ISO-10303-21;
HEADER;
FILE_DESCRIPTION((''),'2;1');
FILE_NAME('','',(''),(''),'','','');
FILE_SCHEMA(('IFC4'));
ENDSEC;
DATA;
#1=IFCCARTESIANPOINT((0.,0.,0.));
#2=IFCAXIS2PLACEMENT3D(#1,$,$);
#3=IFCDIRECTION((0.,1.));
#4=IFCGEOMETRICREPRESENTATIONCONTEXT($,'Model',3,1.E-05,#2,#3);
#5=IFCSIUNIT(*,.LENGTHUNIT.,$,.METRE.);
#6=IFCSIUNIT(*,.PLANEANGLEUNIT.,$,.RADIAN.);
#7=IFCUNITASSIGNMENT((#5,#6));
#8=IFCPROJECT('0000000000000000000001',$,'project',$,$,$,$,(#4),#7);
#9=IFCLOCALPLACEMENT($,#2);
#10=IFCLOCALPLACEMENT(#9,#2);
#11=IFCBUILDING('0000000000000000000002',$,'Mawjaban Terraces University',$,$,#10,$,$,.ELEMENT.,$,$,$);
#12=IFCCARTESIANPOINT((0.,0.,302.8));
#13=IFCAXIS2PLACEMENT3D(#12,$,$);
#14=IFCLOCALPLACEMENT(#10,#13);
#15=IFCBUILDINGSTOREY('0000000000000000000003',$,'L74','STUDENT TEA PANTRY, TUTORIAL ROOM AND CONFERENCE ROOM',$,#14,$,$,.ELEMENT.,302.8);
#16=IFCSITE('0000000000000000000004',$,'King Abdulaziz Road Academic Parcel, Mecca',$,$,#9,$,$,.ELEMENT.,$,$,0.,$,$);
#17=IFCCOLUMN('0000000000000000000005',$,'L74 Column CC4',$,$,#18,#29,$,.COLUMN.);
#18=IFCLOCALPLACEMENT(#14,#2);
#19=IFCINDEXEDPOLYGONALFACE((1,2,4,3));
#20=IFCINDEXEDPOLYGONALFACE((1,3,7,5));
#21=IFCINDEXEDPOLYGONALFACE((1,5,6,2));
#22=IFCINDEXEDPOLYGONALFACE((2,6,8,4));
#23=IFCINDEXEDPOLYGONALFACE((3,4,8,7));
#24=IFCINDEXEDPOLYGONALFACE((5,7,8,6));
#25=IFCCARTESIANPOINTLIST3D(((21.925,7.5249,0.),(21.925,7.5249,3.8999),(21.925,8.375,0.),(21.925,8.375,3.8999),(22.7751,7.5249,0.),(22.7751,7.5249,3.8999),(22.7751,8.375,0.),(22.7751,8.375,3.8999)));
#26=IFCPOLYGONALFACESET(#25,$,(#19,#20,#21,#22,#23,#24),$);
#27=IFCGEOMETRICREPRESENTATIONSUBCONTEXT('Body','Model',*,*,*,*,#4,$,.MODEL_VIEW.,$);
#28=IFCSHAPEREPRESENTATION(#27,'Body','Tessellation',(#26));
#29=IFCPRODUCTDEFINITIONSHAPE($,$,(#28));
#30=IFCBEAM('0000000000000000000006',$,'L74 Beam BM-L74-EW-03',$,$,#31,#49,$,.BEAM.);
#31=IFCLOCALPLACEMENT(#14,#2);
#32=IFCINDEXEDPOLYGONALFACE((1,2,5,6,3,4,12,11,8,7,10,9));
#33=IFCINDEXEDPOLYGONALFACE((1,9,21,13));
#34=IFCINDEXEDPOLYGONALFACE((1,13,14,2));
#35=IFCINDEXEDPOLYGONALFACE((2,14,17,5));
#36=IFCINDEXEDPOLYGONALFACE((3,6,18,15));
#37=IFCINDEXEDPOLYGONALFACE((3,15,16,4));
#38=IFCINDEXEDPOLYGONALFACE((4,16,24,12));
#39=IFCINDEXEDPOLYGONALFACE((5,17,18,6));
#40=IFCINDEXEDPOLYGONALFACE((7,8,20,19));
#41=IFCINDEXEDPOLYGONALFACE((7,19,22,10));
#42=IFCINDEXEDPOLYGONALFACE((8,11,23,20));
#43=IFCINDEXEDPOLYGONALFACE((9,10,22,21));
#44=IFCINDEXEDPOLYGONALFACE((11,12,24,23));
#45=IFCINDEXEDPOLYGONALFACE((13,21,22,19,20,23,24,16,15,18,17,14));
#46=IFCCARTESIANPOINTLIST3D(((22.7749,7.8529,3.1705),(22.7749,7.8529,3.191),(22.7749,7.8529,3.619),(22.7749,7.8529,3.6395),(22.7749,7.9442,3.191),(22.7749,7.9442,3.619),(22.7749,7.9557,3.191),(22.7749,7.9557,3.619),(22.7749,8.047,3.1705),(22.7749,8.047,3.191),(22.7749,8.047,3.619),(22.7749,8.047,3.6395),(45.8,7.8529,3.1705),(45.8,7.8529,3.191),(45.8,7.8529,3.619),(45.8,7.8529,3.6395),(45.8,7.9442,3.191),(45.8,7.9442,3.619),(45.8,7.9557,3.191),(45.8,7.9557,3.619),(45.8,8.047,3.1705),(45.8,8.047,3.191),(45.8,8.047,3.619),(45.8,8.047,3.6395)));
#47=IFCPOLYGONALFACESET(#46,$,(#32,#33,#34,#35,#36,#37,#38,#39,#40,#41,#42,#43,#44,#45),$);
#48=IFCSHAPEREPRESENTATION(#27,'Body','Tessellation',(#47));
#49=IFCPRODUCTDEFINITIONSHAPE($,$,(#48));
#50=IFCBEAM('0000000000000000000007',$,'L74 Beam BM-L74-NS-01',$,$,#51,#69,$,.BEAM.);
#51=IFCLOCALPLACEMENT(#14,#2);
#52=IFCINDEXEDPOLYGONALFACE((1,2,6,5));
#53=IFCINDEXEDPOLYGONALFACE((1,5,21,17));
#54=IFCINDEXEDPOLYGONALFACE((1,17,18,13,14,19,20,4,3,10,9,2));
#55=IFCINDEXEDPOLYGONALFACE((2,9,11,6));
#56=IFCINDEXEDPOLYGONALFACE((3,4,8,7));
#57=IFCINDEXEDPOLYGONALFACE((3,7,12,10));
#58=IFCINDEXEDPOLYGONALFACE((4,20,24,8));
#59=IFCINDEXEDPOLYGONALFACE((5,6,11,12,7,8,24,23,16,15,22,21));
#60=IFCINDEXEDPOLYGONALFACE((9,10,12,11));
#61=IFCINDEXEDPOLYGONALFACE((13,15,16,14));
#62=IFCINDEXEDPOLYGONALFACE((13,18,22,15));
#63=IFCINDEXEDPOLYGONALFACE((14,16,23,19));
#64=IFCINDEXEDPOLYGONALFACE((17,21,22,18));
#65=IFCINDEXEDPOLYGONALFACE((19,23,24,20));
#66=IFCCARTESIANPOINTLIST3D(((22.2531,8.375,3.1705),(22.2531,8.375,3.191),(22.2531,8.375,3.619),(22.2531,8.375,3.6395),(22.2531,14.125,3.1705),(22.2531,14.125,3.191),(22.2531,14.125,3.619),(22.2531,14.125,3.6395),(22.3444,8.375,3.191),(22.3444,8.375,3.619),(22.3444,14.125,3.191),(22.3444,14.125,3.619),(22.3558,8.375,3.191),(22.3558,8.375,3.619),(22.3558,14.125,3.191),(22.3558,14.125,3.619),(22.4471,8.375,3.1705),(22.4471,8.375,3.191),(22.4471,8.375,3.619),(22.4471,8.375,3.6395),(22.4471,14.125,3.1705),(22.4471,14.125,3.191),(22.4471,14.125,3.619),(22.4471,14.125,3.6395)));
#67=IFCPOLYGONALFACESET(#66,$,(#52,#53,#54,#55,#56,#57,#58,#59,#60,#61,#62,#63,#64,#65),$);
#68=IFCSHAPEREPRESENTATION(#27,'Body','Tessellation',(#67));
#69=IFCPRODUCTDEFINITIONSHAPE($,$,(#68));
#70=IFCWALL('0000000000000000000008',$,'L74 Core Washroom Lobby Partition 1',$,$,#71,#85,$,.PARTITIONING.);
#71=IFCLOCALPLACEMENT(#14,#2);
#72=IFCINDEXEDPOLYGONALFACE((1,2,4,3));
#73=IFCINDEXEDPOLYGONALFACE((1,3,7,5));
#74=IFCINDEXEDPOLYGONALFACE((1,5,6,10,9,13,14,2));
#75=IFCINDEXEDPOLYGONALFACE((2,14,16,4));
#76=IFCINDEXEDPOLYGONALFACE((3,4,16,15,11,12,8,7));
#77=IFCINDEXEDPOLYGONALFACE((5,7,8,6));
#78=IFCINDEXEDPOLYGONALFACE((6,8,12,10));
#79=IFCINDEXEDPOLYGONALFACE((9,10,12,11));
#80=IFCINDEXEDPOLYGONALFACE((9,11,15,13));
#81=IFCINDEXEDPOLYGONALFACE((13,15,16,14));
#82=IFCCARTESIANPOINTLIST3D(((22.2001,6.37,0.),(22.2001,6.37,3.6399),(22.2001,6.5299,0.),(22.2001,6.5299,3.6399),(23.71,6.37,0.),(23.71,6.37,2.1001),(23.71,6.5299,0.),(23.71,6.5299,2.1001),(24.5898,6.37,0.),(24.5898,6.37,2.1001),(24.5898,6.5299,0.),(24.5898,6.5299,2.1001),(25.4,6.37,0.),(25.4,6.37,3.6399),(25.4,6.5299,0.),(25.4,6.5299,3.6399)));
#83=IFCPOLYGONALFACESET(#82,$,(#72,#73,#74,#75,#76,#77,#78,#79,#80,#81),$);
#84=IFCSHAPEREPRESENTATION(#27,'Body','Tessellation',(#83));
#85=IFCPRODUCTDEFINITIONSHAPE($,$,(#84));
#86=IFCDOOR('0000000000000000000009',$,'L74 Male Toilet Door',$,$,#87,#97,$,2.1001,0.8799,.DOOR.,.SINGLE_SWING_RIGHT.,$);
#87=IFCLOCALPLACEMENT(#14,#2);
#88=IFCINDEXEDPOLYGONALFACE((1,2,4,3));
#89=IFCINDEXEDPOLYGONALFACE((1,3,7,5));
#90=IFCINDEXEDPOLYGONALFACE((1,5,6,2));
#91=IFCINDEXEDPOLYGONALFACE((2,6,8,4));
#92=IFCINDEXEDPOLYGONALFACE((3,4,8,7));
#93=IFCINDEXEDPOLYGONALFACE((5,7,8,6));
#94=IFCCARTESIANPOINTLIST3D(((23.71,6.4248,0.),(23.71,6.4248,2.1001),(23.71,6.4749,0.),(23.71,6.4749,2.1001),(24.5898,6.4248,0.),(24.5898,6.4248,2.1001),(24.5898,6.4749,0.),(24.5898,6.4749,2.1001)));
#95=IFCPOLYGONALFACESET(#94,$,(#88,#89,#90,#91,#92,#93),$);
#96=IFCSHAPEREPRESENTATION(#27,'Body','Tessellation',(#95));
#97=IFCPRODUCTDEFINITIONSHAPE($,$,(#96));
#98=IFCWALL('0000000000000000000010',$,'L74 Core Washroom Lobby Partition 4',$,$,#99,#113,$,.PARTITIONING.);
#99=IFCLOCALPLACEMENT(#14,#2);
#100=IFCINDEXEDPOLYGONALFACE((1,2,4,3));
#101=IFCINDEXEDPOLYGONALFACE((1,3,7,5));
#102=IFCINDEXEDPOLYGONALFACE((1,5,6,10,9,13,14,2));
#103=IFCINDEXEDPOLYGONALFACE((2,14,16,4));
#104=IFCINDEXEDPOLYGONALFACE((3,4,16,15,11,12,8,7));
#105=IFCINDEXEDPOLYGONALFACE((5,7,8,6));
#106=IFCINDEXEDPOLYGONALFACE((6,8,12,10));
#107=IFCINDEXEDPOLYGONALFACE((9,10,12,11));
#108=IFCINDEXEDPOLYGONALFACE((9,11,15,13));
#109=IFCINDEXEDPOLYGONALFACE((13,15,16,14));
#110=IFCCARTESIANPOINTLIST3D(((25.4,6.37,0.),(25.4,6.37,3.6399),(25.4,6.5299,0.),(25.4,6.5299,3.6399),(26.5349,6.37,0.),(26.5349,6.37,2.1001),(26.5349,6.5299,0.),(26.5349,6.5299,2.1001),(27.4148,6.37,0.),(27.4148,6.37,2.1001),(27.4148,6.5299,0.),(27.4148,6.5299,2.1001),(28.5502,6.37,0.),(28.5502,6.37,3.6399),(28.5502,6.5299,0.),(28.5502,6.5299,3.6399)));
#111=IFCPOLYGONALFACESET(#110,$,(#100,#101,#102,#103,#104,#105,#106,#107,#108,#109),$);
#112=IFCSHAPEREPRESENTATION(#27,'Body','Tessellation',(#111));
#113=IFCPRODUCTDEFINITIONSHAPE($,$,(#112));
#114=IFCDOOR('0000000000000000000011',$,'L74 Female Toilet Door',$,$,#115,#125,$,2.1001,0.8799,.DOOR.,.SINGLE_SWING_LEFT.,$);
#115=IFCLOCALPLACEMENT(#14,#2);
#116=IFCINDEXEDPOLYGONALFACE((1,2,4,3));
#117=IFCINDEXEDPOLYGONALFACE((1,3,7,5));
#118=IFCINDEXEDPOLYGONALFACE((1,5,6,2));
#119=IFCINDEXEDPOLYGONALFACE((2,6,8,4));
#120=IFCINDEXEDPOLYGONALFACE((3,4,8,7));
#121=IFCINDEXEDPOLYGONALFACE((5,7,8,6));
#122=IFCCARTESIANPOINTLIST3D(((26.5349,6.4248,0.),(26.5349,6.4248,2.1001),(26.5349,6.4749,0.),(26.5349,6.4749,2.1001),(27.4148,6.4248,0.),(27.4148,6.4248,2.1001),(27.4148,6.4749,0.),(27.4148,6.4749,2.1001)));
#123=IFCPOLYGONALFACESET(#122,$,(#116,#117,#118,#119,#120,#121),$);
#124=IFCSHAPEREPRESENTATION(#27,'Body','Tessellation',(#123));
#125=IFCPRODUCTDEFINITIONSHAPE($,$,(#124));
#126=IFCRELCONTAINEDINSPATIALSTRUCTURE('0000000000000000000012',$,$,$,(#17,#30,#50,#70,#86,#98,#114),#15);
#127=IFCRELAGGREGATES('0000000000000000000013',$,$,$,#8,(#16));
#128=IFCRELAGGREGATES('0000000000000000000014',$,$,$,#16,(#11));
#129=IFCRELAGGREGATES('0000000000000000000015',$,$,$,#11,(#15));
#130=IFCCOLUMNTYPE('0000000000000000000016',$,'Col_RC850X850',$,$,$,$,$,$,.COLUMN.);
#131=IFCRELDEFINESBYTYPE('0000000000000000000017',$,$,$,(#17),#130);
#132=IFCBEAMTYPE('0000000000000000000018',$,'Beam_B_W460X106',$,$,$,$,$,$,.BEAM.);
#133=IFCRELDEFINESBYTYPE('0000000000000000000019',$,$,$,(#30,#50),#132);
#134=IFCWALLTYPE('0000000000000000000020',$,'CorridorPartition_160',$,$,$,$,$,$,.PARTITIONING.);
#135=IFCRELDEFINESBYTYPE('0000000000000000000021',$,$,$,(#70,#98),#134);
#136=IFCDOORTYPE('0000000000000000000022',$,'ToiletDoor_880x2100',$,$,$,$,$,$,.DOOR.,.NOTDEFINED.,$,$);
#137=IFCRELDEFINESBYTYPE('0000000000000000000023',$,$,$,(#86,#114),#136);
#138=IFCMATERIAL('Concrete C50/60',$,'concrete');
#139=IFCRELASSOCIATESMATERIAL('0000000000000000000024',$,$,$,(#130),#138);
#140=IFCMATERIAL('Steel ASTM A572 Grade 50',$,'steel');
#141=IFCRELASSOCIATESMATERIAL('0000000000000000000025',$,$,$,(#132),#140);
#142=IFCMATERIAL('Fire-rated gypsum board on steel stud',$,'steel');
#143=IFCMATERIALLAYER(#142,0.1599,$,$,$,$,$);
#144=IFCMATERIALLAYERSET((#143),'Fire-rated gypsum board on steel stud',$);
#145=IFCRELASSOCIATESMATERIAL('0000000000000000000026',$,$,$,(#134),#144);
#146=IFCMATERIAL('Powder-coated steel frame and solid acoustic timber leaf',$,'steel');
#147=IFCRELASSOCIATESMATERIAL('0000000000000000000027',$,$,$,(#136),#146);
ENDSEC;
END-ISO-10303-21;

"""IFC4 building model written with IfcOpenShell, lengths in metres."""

from ifc_helpers import new_model, si_unit, direction, frame, frame_2d, origin, origin_2d, place, context, subcontext, project, spatial, rectangle, i_section, extrude, material, layer, layer_set, material_profile, profile_set, type_object, element, fill, save


model = new_model("IFC4")

# Units and contexts
model_context = context("Model", 3, precision=1e-05, world=origin(), true_north=direction((0.0, 1.0)))
body_context = subcontext(model_context, "Body", "Model", "MODEL_VIEW")
ifc_project = project(units=[si_unit("LENGTHUNIT", "METRE"), si_unit("PLANEANGLEUNIT", "RADIAN")], contexts=[model_context])

# Site, building, storey
site_placement = place(None, origin())
site = spatial("IfcSite", under=ifc_project, at=site_placement, Name="King Abdulaziz Road Academic Parcel, Mecca", CompositionType="ELEMENT", RefElevation=0.0)
building_placement = place(site_placement, origin())
building = spatial("IfcBuilding", under=site, at=building_placement, Name="Mawjaban Terraces University", CompositionType="ELEMENT")
storey_placement = place(building_placement, frame((0.0, 0.0, 302.8)))
storey = spatial("IfcBuildingStorey", under=building, at=storey_placement, Name="L74", Description="STUDENT TEA PANTRY, TUTORIAL ROOM AND CONFERENCE ROOM", CompositionType="ELEMENT", Elevation=302.8)

# Column
ifc_material_1 = material(Name="Concrete C50/60", Category="concrete")
ifc_material_profile_1 = material_profile(ifc_material_1, rectangle(XDim=0.8501, YDim=0.8501, at=origin_2d()), Name="RC850X850")
ifc_profile_set_1 = profile_set([ifc_material_profile_1], Name="Concrete C50/60")
column_type = type_object("IfcColumnType", Name="Col_RC850X850", PredefinedType="COLUMN", material=ifc_profile_set_1)
column_placement = place(storey_placement, frame((22.3501, 7.95, 0.0), z_axis=(0.0, 0.0, 1.0), x_axis=(1.0, 0.0, 0.0)))
element("IfcColumn", 1, at=column_placement, inside=storey, type_object=column_type, Name="L74 Column CC4", PredefinedType="COLUMN", context=body_context, shape_type="SweptSolid", body=[
    extrude(rectangle(XDim=0.8501, YDim=0.8501, at=origin_2d()), origin(), (0.0, 0.0, 1.0), 3.8999),
])

# Beams
ifc_material_2 = material(Name="Steel ASTM A572 Grade 50", Category="steel")
ifc_material_profile_2 = material_profile(ifc_material_2, i_section(OverallWidth=0.1941, OverallDepth=0.469, WebThickness=0.0115, FlangeThickness=0.0205, at=origin_2d()), Name="W460X106")
ifc_profile_set_2 = profile_set([ifc_material_profile_2], Name="Steel ASTM A572 Grade 50")
beam_type = type_object("IfcBeamType", Name="Beam_B_W460X106", PredefinedType="BEAM", material=ifc_profile_set_2)
beam_1_placement = place(storey_placement, frame((22.7749, 7.95, 3.405), z_axis=(1.0, 0.0, 0.0), x_axis=(0.0, 1.0, 0.0)))
element("IfcBeam", 2, at=beam_1_placement, inside=storey, type_object=beam_type, Name="L74 Beam BM-L74-EW-03", PredefinedType="BEAM", context=body_context, shape_type="SweptSolid", body=[
    extrude(i_section(OverallWidth=0.1941, OverallDepth=0.469, WebThickness=0.0115, FlangeThickness=0.0205, at=origin_2d()), origin(), (0.0, 0.0, 1.0), 23.0251),
])
beam_2_placement = place(storey_placement, frame((22.3501, 8.375, 3.405), z_axis=(0.0, 1.0, 0.0), x_axis=(-1.0, 0.0, 0.0)))
element("IfcBeam", 3, at=beam_2_placement, inside=storey, type_object=beam_type, Name="L74 Beam BM-L74-NS-01", PredefinedType="BEAM", context=body_context, shape_type="SweptSolid", body=[
    extrude(i_section(OverallWidth=0.1941, OverallDepth=0.469, WebThickness=0.0115, FlangeThickness=0.0205, at=origin_2d()), origin(), (0.0, 0.0, 1.0), 5.75),
])

# Walls, openings, doors
ifc_material_3 = material(Name="Fire-rated gypsum board on steel stud", Category="steel")
ifc_layer_1 = layer(ifc_material_3, 0.1599)
ifc_layer_set_1 = layer_set([ifc_layer_1], Name="Fire-rated gypsum board on steel stud")
wall_type_1 = type_object("IfcWallType", Name="CorridorPartition_160", PredefinedType="PARTITIONING", material=ifc_layer_set_1)
wall_1_placement = place(storey_placement, frame((22.2, 6.45, 0.0), z_axis=(0.0, 0.0, 1.0), x_axis=(1.0, 0.0, 0.0)))
wall_1 = element("IfcWall", 4, at=wall_1_placement, inside=storey, type_object=wall_type_1, Name="L74 Core Washroom Lobby Partition 1", PredefinedType="PARTITIONING", context=body_context, shape_type="SweptSolid", body=[
    extrude(rectangle(XDim=3.2, YDim=0.1599, at=frame_2d((1.6001, 0.0))), origin(), (0.0, 0.0, 1.0), 3.6399),
])
opening_1_placement = place(wall_1_placement, frame((1.51, 0.0, 0.0)))
opening_1 = element("IfcOpeningElement", 5, at=opening_1_placement, cuts=wall_1, PredefinedType="OPENING", context=body_context, shape_type="SweptSolid", body=[
    extrude(rectangle(XDim=0.8799, YDim=2.1001, at=frame_2d((0.4399, 1.05))), frame((0.0, 0.0898, 0.0), z_axis=(0.0, -1.0, 0.0), x_axis=(1.0, 0.0, 0.0)), (0.0, 0.0, 1.0), 0.1799),
])
ifc_material_4 = material(Name="Powder-coated steel frame and solid acoustic timber leaf", Category="steel")
door_type = type_object("IfcDoorType", Name="ToiletDoor_880x2100", OperationType="NOTDEFINED", PredefinedType="DOOR", material=ifc_material_4)
door_1_placement = place(opening_1_placement, origin())
door_1 = element("IfcDoor", 6, at=door_1_placement, inside=storey, type_object=door_type, Name="L74 Male Toilet Door", OperationType="SINGLE_SWING_RIGHT", OverallHeight=2.1001, OverallWidth=0.8799, PredefinedType="DOOR", context=body_context, shape_type="SweptSolid", body=[
    extrude(rectangle(XDim=0.8799, YDim=2.1001, at=frame_2d((0.4399, 1.05))), frame((0.0, 0.0249, 0.0), z_axis=(0.0, -1.0, 0.0), x_axis=(1.0, 0.0, 0.0)), (0.0, 0.0, 1.0), 0.05),
])
fill(opening_1, door_1)
wall_2_placement = place(storey_placement, frame((25.3999, 6.45, 0.0), z_axis=(0.0, 0.0, 1.0), x_axis=(1.0, 0.0, 0.0)))
wall_2 = element("IfcWall", 7, at=wall_2_placement, inside=storey, type_object=wall_type_1, Name="L74 Core Washroom Lobby Partition 4", PredefinedType="PARTITIONING", context=body_context, shape_type="SweptSolid", body=[
    extrude(rectangle(XDim=3.1501, YDim=0.1599, at=frame_2d((1.5752, 0.0))), origin(), (0.0, 0.0, 1.0), 3.6399),
])
opening_2_placement = place(wall_2_placement, frame((1.135, 0.0, 0.0)))
opening_2 = element("IfcOpeningElement", 8, at=opening_2_placement, cuts=wall_2, PredefinedType="OPENING", context=body_context, shape_type="SweptSolid", body=[
    extrude(rectangle(XDim=0.8799, YDim=2.1001, at=frame_2d((0.4399, 1.05))), frame((0.0, 0.0898, 0.0), z_axis=(0.0, -1.0, 0.0), x_axis=(1.0, 0.0, 0.0)), (0.0, 0.0, 1.0), 0.1799),
])
door_2_placement = place(opening_2_placement, origin())
door_2 = element("IfcDoor", 9, at=door_2_placement, inside=storey, type_object=door_type, Name="L74 Female Toilet Door", OperationType="SINGLE_SWING_LEFT", OverallHeight=2.1001, OverallWidth=0.8799, PredefinedType="DOOR", context=body_context, shape_type="SweptSolid", body=[
    extrude(rectangle(XDim=0.8799, YDim=2.1001, at=frame_2d((0.4399, 1.05))), frame((0.0, 0.0249, 0.0), z_axis=(0.0, -1.0, 0.0), x_axis=(1.0, 0.0, 0.0)), (0.0, 0.0, 1.0), 0.05),
])
fill(opening_2, door_2)

save(model, "model.ifc")
